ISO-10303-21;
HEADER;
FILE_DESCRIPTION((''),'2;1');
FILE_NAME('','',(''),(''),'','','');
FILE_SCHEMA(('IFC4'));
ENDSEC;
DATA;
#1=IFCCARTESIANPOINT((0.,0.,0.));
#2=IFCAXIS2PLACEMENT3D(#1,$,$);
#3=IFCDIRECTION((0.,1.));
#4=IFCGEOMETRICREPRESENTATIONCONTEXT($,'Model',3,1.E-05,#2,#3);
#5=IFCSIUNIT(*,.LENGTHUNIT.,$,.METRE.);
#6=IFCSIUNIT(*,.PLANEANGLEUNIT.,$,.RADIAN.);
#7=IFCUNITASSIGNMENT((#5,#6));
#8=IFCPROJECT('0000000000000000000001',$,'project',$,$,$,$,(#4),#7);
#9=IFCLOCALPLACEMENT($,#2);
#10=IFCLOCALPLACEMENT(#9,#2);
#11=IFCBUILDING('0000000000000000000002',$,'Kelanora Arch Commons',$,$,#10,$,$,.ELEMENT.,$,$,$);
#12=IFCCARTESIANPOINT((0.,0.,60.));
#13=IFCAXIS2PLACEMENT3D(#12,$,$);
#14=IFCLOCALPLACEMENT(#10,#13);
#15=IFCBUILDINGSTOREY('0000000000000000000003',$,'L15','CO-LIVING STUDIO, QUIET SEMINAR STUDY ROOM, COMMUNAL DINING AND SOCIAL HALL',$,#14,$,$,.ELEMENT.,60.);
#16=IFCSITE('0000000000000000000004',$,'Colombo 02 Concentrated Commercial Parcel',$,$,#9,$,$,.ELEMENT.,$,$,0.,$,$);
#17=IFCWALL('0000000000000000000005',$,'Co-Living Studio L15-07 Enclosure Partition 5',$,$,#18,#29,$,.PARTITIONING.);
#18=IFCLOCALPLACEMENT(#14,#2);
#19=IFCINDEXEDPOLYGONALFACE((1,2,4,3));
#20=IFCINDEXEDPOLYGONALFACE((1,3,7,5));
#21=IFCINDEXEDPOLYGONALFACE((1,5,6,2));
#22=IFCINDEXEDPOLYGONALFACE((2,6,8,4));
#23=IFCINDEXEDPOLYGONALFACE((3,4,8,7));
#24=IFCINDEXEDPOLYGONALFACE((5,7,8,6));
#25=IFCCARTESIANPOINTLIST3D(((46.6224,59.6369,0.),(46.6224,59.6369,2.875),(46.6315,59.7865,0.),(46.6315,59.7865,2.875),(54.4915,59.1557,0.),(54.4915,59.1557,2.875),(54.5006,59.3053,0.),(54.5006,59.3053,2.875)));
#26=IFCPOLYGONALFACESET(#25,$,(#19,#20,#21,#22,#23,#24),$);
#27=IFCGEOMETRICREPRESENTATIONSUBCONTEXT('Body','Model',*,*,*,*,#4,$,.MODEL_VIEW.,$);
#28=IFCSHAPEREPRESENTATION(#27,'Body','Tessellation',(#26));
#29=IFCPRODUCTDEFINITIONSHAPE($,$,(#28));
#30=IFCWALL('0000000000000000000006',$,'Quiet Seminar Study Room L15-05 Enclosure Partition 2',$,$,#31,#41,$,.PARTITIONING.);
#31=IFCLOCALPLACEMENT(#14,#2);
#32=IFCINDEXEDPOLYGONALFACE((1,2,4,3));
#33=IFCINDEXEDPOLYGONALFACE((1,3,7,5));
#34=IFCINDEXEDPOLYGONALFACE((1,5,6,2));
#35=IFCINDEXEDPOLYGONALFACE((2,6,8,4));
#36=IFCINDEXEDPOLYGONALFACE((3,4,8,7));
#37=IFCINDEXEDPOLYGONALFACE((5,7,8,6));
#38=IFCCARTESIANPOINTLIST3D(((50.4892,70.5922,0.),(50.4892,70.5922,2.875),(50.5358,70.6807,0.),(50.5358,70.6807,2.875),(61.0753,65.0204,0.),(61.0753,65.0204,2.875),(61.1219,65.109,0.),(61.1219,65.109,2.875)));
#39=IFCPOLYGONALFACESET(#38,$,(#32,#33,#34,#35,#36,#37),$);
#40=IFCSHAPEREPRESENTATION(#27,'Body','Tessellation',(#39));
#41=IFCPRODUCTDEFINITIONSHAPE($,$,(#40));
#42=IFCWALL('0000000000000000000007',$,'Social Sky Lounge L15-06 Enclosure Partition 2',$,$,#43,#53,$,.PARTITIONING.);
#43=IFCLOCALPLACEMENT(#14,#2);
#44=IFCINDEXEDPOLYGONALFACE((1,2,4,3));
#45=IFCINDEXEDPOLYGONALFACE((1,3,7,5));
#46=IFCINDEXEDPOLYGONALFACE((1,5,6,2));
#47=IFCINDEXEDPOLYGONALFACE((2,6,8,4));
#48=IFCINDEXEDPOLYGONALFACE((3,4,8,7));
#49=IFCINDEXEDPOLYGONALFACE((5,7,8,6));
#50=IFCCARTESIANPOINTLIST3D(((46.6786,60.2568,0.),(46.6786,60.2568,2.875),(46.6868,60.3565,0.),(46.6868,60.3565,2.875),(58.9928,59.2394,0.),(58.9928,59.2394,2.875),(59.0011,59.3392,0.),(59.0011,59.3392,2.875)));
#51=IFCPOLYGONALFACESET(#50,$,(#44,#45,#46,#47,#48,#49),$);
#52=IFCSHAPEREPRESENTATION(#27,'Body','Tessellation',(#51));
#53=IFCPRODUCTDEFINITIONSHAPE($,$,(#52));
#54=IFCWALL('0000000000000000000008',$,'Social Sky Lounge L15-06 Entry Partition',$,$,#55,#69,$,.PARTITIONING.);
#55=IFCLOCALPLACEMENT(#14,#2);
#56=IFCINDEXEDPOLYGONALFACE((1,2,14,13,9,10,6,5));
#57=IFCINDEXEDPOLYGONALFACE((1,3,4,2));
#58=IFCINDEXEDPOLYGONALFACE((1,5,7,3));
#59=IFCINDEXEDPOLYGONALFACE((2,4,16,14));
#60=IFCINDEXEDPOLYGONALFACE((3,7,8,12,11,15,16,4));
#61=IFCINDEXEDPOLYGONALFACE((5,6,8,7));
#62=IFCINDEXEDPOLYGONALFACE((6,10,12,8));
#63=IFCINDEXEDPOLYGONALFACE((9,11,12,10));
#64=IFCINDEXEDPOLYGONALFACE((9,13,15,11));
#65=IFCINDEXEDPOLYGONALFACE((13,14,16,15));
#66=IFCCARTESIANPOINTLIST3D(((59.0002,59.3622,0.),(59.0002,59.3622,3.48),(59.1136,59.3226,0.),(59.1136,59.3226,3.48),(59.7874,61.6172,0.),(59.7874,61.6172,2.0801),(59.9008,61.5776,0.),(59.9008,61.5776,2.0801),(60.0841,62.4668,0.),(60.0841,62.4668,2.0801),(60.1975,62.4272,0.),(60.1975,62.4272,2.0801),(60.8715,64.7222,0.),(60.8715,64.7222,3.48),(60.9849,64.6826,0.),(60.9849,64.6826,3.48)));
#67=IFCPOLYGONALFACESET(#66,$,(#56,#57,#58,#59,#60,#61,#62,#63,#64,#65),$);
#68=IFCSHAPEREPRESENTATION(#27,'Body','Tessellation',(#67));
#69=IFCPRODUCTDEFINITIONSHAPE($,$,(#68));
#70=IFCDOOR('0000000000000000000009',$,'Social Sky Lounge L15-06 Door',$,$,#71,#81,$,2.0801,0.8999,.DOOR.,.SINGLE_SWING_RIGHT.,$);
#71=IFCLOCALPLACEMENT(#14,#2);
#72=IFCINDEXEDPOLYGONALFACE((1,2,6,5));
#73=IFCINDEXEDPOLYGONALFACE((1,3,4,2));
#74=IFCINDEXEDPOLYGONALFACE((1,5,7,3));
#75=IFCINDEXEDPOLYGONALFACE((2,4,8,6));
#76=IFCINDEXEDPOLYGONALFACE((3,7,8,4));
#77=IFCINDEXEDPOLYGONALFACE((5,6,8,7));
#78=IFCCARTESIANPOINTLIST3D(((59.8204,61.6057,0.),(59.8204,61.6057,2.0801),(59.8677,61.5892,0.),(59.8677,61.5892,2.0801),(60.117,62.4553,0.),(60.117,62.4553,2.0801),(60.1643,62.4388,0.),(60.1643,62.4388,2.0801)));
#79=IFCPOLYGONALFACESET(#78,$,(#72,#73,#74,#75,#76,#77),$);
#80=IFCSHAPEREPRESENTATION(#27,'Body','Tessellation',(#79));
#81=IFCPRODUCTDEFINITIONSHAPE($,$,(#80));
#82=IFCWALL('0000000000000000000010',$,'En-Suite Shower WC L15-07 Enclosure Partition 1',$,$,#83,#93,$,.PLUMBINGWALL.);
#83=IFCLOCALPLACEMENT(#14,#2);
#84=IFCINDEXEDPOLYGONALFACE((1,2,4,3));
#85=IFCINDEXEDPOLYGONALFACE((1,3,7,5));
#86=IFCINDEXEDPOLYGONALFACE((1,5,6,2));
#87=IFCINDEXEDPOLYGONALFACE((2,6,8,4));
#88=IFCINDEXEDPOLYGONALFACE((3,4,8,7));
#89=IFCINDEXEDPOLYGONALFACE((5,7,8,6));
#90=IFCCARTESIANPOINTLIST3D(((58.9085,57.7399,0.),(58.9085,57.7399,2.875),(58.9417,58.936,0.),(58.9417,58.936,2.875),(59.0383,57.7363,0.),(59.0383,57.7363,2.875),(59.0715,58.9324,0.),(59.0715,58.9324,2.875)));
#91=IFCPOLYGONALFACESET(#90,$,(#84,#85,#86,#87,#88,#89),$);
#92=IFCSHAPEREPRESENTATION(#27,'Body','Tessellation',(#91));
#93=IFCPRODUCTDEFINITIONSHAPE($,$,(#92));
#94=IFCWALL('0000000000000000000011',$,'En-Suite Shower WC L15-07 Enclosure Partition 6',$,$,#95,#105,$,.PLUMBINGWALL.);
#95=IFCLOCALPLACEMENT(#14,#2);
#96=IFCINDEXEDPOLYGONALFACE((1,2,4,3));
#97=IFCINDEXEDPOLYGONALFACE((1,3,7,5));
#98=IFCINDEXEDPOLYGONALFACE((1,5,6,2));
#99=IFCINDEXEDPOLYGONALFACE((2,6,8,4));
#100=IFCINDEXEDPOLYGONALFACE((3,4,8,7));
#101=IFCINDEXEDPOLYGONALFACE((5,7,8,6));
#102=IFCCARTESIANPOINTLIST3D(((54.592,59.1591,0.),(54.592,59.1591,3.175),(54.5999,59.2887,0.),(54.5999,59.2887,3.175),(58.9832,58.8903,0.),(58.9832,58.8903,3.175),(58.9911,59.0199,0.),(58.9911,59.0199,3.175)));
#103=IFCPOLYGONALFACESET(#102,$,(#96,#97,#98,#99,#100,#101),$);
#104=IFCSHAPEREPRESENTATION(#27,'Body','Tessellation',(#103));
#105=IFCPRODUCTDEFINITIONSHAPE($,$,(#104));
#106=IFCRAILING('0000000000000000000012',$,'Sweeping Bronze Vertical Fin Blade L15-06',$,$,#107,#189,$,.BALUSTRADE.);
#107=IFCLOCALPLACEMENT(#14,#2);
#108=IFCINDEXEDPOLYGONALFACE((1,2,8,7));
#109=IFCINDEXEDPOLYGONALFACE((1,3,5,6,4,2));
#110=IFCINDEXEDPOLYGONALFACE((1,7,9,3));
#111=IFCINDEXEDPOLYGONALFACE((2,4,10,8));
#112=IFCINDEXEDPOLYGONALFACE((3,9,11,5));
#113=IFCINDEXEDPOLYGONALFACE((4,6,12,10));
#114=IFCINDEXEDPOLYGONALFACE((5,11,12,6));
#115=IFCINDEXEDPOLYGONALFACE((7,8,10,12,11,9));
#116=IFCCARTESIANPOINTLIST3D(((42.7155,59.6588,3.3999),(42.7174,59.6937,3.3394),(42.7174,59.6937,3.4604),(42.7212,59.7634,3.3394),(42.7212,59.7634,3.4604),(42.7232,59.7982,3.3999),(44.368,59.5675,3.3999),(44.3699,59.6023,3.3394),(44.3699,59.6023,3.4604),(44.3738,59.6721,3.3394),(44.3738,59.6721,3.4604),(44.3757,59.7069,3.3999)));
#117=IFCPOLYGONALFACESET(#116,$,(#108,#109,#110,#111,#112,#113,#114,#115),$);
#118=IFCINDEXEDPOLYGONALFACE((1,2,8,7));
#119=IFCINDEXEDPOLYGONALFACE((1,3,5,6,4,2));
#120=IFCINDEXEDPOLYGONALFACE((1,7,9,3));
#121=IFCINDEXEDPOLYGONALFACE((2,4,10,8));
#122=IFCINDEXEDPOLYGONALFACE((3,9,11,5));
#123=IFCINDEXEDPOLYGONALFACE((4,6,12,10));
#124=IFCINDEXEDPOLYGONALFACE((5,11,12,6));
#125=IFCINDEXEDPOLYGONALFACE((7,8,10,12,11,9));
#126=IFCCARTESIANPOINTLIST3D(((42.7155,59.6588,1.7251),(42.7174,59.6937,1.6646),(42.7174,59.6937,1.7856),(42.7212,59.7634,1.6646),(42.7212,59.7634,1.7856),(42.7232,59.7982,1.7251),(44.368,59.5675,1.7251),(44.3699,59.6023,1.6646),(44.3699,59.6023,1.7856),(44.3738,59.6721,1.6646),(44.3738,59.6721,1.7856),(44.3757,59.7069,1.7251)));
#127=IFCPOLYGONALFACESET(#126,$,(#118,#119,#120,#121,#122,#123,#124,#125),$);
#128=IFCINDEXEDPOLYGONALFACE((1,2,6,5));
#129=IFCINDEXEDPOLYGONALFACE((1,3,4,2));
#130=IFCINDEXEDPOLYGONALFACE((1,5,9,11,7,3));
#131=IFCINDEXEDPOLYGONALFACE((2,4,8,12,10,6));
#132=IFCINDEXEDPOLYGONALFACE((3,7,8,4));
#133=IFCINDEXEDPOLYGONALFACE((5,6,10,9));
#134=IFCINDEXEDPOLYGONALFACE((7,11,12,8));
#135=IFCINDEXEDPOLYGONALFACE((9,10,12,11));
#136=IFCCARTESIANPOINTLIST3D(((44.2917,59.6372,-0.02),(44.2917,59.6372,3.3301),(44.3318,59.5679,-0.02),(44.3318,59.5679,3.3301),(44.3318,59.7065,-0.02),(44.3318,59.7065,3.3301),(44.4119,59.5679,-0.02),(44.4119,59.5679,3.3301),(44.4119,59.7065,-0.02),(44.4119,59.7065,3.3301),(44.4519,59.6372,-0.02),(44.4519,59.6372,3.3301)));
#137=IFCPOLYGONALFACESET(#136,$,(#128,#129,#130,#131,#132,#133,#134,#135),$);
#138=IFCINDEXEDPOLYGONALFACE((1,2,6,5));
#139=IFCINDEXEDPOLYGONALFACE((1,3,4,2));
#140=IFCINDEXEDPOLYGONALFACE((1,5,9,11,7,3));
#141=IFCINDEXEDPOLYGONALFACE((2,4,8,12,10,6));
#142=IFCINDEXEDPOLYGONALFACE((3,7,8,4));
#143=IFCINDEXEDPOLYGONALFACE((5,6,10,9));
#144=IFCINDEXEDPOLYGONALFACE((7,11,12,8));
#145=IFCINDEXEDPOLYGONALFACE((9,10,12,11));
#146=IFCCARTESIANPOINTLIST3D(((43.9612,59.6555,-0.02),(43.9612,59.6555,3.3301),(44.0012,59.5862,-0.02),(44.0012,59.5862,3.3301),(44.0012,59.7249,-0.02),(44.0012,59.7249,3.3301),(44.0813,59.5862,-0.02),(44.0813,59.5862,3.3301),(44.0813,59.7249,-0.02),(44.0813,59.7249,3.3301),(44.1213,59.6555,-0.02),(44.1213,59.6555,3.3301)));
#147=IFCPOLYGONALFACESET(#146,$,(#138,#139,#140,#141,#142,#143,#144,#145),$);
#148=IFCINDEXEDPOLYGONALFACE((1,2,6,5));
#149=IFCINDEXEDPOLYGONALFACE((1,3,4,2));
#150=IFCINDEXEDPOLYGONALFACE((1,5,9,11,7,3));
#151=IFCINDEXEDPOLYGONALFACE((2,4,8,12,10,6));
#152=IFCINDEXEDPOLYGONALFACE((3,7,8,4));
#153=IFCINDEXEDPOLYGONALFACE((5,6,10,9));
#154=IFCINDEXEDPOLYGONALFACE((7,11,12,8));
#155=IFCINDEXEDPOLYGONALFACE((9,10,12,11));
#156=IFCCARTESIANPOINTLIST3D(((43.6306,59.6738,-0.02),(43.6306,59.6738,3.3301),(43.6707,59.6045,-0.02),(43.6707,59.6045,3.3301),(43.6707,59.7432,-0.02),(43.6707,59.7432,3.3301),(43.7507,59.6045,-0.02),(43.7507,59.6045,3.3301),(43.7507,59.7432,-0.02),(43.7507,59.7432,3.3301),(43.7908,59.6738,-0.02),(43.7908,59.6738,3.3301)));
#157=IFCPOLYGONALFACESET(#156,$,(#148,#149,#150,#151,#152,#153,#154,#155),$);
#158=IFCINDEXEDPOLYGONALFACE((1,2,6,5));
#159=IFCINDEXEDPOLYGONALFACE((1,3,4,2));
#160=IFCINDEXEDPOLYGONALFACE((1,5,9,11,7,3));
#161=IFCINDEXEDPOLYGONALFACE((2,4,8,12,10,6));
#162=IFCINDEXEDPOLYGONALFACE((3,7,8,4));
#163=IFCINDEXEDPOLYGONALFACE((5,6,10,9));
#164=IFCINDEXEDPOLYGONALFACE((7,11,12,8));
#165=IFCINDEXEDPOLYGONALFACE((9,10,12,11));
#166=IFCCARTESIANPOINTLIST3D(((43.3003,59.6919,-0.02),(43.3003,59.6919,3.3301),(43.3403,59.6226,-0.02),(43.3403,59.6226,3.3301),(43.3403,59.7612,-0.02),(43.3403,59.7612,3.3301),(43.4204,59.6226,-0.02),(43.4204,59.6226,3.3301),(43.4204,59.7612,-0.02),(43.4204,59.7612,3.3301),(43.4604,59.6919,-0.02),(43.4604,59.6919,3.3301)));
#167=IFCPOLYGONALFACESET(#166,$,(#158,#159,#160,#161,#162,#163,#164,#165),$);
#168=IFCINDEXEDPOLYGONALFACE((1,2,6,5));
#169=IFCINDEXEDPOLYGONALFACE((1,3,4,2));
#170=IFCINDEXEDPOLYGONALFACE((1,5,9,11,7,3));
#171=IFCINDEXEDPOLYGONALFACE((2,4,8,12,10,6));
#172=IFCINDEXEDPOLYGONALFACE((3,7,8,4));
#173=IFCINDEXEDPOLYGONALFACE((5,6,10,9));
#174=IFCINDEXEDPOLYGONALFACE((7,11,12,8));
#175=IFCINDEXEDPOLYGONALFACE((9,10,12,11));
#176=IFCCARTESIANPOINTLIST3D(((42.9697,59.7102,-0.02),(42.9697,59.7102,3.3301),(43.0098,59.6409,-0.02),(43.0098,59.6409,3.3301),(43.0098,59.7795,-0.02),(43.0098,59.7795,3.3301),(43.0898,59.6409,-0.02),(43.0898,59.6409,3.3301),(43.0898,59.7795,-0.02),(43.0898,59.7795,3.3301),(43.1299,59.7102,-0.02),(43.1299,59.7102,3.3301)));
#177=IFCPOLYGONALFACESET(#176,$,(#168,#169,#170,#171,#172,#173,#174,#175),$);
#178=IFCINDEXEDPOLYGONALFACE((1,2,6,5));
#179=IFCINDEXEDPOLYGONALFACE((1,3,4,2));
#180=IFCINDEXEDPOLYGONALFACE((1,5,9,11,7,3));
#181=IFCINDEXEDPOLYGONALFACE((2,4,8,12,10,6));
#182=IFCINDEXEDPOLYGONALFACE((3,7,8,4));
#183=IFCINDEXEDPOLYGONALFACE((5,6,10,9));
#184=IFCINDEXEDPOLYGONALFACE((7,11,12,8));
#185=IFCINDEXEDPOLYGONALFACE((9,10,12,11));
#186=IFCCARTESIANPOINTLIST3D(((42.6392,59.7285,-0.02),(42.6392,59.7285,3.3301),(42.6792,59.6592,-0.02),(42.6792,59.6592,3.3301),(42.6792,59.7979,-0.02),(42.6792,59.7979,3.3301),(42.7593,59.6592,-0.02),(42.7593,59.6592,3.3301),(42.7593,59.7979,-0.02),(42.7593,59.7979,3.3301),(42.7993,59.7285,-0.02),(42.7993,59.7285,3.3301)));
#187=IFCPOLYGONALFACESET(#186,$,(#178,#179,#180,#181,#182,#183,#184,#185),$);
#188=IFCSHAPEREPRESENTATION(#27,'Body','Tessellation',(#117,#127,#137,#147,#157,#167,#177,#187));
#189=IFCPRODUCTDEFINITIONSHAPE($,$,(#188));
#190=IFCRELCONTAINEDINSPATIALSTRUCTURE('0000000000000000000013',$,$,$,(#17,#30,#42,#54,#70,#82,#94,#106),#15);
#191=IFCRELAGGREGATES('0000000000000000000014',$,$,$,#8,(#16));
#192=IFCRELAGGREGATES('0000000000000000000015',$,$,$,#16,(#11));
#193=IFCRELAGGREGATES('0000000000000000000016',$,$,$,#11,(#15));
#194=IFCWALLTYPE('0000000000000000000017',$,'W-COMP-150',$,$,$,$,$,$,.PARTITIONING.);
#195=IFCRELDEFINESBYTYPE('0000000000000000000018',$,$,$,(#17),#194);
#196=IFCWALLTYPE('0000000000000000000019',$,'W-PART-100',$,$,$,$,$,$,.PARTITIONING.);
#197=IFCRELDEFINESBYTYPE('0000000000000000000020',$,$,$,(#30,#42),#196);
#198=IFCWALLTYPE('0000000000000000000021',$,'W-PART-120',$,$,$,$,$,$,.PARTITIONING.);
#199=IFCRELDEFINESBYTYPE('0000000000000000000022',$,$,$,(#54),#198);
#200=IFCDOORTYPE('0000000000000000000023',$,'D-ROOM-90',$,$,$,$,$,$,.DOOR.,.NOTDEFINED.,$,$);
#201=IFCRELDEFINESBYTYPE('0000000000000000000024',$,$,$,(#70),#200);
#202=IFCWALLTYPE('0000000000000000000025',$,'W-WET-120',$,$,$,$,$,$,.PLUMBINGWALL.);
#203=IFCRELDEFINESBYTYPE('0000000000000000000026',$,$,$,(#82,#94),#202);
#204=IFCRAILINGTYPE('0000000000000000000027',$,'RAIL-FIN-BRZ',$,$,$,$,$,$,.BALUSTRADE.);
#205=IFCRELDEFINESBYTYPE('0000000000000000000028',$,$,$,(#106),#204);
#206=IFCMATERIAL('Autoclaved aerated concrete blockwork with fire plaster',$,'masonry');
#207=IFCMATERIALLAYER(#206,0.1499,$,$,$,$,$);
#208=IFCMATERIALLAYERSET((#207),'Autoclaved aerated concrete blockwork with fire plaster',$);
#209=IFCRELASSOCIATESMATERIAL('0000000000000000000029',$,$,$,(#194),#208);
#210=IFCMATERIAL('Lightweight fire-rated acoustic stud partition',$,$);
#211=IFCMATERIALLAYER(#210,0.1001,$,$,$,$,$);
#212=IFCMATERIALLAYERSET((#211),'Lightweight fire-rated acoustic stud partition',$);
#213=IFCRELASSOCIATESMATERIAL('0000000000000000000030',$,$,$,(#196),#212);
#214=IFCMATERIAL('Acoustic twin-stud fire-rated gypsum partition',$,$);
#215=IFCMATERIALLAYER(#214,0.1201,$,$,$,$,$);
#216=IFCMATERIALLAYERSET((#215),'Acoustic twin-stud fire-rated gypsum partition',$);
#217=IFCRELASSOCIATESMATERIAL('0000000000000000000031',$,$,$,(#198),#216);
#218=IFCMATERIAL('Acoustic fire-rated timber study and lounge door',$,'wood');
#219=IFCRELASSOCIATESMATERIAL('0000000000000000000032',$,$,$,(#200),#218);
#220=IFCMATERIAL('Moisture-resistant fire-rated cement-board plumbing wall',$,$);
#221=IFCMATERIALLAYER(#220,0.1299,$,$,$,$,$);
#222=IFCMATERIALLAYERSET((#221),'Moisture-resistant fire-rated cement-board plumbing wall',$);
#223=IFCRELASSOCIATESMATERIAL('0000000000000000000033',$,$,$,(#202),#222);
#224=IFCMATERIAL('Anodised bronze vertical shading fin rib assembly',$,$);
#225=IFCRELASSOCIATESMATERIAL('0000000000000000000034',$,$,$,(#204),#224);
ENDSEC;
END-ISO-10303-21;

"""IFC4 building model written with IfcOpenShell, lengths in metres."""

from ifc_helpers import new_model, si_unit, direction, frame, frame_2d, origin, place, context, subcontext, project, spatial, polyline, rectangle, outline, extrude, material, layer, layer_set, type_object, element, fill, save


model = new_model("IFC4")

# Units and contexts
model_context = context("Model", 3, precision=1e-05, world=origin(), true_north=direction((0.0, 1.0)))
body_context = subcontext(model_context, "Body", "Model", "MODEL_VIEW")
ifc_project = project(units=[si_unit("LENGTHUNIT", "METRE"), si_unit("PLANEANGLEUNIT", "RADIAN")], contexts=[model_context])

# Site, building, storey
site_placement = place(None, origin())
site = spatial("IfcSite", under=ifc_project, at=site_placement, Name="Colombo 02 Concentrated Commercial Parcel", CompositionType="ELEMENT", RefElevation=0.0)
building_placement = place(site_placement, origin())
building = spatial("IfcBuilding", under=site, at=building_placement, Name="Kelanora Arch Commons", CompositionType="ELEMENT")
storey_placement = place(building_placement, frame((0.0, 0.0, 60.0)))
storey = spatial("IfcBuildingStorey", under=building, at=storey_placement, Name="L15", Description="CO-LIVING STUDIO, QUIET SEMINAR STUDY ROOM, COMMUNAL DINING AND SOCIAL HALL", CompositionType="ELEMENT", Elevation=60.0)

# Walls
ifc_material_1 = material(Name="Autoclaved aerated concrete blockwork with fire plaster", Category="masonry")
ifc_layer_1 = layer(ifc_material_1, 0.1499)
ifc_layer_set_1 = layer_set([ifc_layer_1], Name="Autoclaved aerated concrete blockwork with fire plaster")
wall_type_1 = type_object("IfcWallType", Name="W-COMP-150", PredefinedType="PARTITIONING", material=ifc_layer_set_1)
wall_1_placement = place(storey_placement, frame((46.627, 59.7117, 0.0), z_axis=(0.0, 0.0, 1.0), x_axis=(0.998136, -0.061036, 0.0)))
element("IfcWall", 1, at=wall_1_placement, inside=storey, type_object=wall_type_1, Name="Co-Living Studio L15-07 Enclosure Partition 5", PredefinedType="PARTITIONING", context=body_context, shape_type="SweptSolid", body=[
    extrude(rectangle(XDim=7.8838, YDim=0.1499, at=frame_2d((3.9419, 0.0))), origin(), (0.0, 0.0, 1.0), 2.875),
])
ifc_material_2 = material(Name="Lightweight fire-rated acoustic stud partition")
ifc_layer_2 = layer(ifc_material_2, 0.1001)
ifc_layer_set_2 = layer_set([ifc_layer_2], Name="Lightweight fire-rated acoustic stud partition")
wall_type_2 = type_object("IfcWallType", Name="W-PART-100", PredefinedType="PARTITIONING", material=ifc_layer_set_2)
wall_2_placement = place(storey_placement, frame((61.0986, 65.0647, 0.0), z_axis=(0.0, 0.0, 1.0), x_axis=(-0.884915, 0.465753, 0.0)))
element("IfcWall", 2, at=wall_2_placement, inside=storey, type_object=wall_type_2, Name="Quiet Seminar Study Room L15-05 Enclosure Partition 2", PredefinedType="PARTITIONING", context=body_context, shape_type="SweptSolid", body=[
    extrude(rectangle(XDim=11.9629, YDim=0.1001, at=frame_2d((5.9814, 0.0))), origin(), (0.0, 0.0, 1.0), 2.875),
])
wall_3_placement = place(storey_placement, frame((58.9971, 59.2893, 0.0), z_axis=(0.0, 0.0, 1.0), x_axis=(-0.996605, 0.082334, 0.0)))
element("IfcWall", 3, at=wall_3_placement, inside=storey, type_object=wall_type_2, Name="Social Sky Lounge L15-06 Enclosure Partition 2", PredefinedType="PARTITIONING", context=body_context, shape_type="SweptSolid", body=[
    extrude(rectangle(XDim=12.3562, YDim=0.1001, at=frame_2d((6.1782, 0.0))), origin(), (0.0, 0.0, 1.0), 2.875),
])

# Wall, opening, door
ifc_material_3 = material(Name="Acoustic twin-stud fire-rated gypsum partition")
ifc_layer_3 = layer(ifc_material_3, 0.1201)
ifc_layer_set_3 = layer_set([ifc_layer_3], Name="Acoustic twin-stud fire-rated gypsum partition")
wall_type_3 = type_object("IfcWallType", Name="W-PART-120", PredefinedType="PARTITIONING", material=ifc_layer_set_3)
wall_4_placement = place(storey_placement, frame((60.9282, 64.7024, 0.0), z_axis=(0.0, 0.0, 1.0), x_axis=(-0.329626, -0.944112, 0.0)))
wall_4 = element("IfcWall", 4, at=wall_4_placement, inside=storey, type_object=wall_type_3, Name="Social Sky Lounge L15-06 Entry Partition", PredefinedType="PARTITIONING", context=body_context, shape_type="SweptSolid", body=[
    extrude(rectangle(XDim=5.6772, YDim=0.1201, at=frame_2d((2.8386, 0.0))), origin(), (0.0, 0.0, 1.0), 3.48),
])
opening_placement = place(wall_4_placement, frame((2.3889, 0.0, 0.0)))
opening = element("IfcOpeningElement", 5, at=opening_placement, cuts=wall_4, PredefinedType="OPENING", context=body_context, shape_type="SweptSolid", body=[
    extrude(rectangle(XDim=0.8999, YDim=2.0801, at=frame_2d((0.45, 1.04))), frame((0.0, 0.0701, 0.0), z_axis=(0.0, -1.0, 0.0), x_axis=(1.0, 0.0, 0.0)), (0.0, 0.0, 1.0), 0.1401),
])
ifc_material_4 = material(Name="Acoustic fire-rated timber study and lounge door", Category="wood")
door_type = type_object("IfcDoorType", Name="D-ROOM-90", OperationType="NOTDEFINED", PredefinedType="DOOR", material=ifc_material_4)
door_placement = place(opening_placement, origin())
door = element("IfcDoor", 6, at=door_placement, inside=storey, type_object=door_type, Name="Social Sky Lounge L15-06 Door", OperationType="SINGLE_SWING_RIGHT", OverallHeight=2.0801, OverallWidth=0.8999, PredefinedType="DOOR", context=body_context, shape_type="SweptSolid", body=[
    extrude(rectangle(XDim=0.8999, YDim=2.0801, at=frame_2d((0.45, 1.04))), frame((0.0, 0.0249, 0.0), z_axis=(0.0, -1.0, 0.0), x_axis=(1.0, 0.0, 0.0)), (0.0, 0.0, 1.0), 0.05),
])
fill(opening, door)

# Walls
ifc_material_5 = material(Name="Moisture-resistant fire-rated cement-board plumbing wall")
ifc_layer_4 = layer(ifc_material_5, 0.1299)
ifc_layer_set_4 = layer_set([ifc_layer_4], Name="Moisture-resistant fire-rated cement-board plumbing wall")
wall_type_4 = type_object("IfcWallType", Name="W-WET-120", PredefinedType="PLUMBINGWALL", material=ifc_layer_set_4)
wall_5_placement = place(storey_placement, frame((59.0066, 58.9341, 0.0), z_axis=(0.0, 0.0, 1.0), x_axis=(-0.02775, -0.999615, 0.0)))
element("IfcWall", 7, at=wall_5_placement, inside=storey, type_object=wall_type_4, Name="En-Suite Shower WC L15-07 Enclosure Partition 1", PredefinedType="PLUMBINGWALL", context=body_context, shape_type="SweptSolid", body=[
    extrude(rectangle(XDim=1.1965, YDim=0.1299, at=frame_2d((0.5981, 0.0))), origin(), (0.0, 0.0, 1.0), 2.875),
])
wall_6_placement = place(storey_placement, frame((54.5959, 59.2239, 0.0), z_axis=(0.0, 0.0, 1.0), x_axis=(0.998132, -0.0611, 0.0)))
element("IfcWall", 8, at=wall_6_placement, inside=storey, type_object=wall_type_4, Name="En-Suite Shower WC L15-07 Enclosure Partition 6", PredefinedType="PLUMBINGWALL", context=body_context, shape_type="SweptSolid", body=[
    extrude(rectangle(XDim=4.3994, YDim=0.1299, at=frame_2d((2.1997, 0.0))), origin(), (0.0, 0.0, 1.0), 3.175),
])

# Railing
ifc_material_6 = material(Name="Anodised bronze vertical shading fin rib assembly")
railing_type = type_object("IfcRailingType", Name="RAIL-FIN-BRZ", PredefinedType="BALUSTRADE", material=ifc_material_6)
railing_placement = place(storey_placement, frame((44.3718, 59.6372, -0.02)))
element("IfcRailing", 9, at=railing_placement, inside=storey, type_object=railing_type, Name="Sweeping Bronze Vertical Fin Blade L15-06", PredefinedType="BALUSTRADE", context=body_context, shape_type="SweptSolid", body=[
    extrude(outline(polyline([(0.0698, 0.0), (0.0349, 0.0605), (-0.0349, 0.0605), (-0.0698, 0.0), (-0.0349, -0.0605), (0.0349, -0.0605), (0.0698, 0.0)])), frame((0.0, 0.0, 3.4199), z_axis=(-0.998477, 0.055168, 0.0), x_axis=(-0.055168, -0.998477, 0.0)), (0.0, 0.0, 1.0), 1.655),
    extrude(outline(polyline([(0.0698, 0.0), (0.0349, 0.0605), (-0.0349, 0.0605), (-0.0698, 0.0), (-0.0349, -0.0605), (0.0349, -0.0605), (0.0698, 0.0)])), frame((0.0, 0.0, 1.7451), z_axis=(-0.998477, 0.055168, 0.0), x_axis=(-0.055168, -0.998477, 0.0)), (0.0, 0.0, 1.0), 1.655),
    extrude(outline(polyline([(0.0801, 0.0), (0.04, 0.0693), (-0.04, 0.0693), (-0.0801, 0.0), (-0.04, -0.0693), (0.04, -0.0693), (0.0801, 0.0)])), origin(), (0.0, 0.0, 1.0), 3.3501),
    extrude(outline(polyline([(0.0801, 0.0), (0.04, 0.0693), (-0.04, 0.0693), (-0.0801, 0.0), (-0.04, -0.0693), (0.04, -0.0693), (0.0801, 0.0)])), frame((-0.3306, 0.0183, 0.0)), (0.0, 0.0, 1.0), 3.3501),
    extrude(outline(polyline([(0.0801, 0.0), (0.04, 0.0693), (-0.04, 0.0693), (-0.0801, 0.0), (-0.04, -0.0693), (0.04, -0.0693), (0.0801, 0.0)])), frame((-0.6611, 0.0366, 0.0)), (0.0, 0.0, 1.0), 3.3501),
    extrude(outline(polyline([(0.0801, 0.0), (0.04, 0.0693), (-0.04, 0.0693), (-0.0801, 0.0), (-0.04, -0.0693), (0.04, -0.0693), (0.0801, 0.0)])), frame((-0.9915, 0.0547, 0.0)), (0.0, 0.0, 1.0), 3.3501),
    extrude(outline(polyline([(0.0801, 0.0), (0.04, 0.0693), (-0.04, 0.0693), (-0.0801, 0.0), (-0.04, -0.0693), (0.04, -0.0693), (0.0801, 0.0)])), frame((-1.322, 0.073, 0.0)), (0.0, 0.0, 1.0), 3.3501),
    extrude(outline(polyline([(0.0801, 0.0), (0.04, 0.0693), (-0.04, 0.0693), (-0.0801, 0.0), (-0.04, -0.0693), (0.04, -0.0693), (0.0801, 0.0)])), frame((-1.6526, 0.0913, 0.0)), (0.0, 0.0, 1.0), 3.3501),
])

save(model, "model.ifc")
